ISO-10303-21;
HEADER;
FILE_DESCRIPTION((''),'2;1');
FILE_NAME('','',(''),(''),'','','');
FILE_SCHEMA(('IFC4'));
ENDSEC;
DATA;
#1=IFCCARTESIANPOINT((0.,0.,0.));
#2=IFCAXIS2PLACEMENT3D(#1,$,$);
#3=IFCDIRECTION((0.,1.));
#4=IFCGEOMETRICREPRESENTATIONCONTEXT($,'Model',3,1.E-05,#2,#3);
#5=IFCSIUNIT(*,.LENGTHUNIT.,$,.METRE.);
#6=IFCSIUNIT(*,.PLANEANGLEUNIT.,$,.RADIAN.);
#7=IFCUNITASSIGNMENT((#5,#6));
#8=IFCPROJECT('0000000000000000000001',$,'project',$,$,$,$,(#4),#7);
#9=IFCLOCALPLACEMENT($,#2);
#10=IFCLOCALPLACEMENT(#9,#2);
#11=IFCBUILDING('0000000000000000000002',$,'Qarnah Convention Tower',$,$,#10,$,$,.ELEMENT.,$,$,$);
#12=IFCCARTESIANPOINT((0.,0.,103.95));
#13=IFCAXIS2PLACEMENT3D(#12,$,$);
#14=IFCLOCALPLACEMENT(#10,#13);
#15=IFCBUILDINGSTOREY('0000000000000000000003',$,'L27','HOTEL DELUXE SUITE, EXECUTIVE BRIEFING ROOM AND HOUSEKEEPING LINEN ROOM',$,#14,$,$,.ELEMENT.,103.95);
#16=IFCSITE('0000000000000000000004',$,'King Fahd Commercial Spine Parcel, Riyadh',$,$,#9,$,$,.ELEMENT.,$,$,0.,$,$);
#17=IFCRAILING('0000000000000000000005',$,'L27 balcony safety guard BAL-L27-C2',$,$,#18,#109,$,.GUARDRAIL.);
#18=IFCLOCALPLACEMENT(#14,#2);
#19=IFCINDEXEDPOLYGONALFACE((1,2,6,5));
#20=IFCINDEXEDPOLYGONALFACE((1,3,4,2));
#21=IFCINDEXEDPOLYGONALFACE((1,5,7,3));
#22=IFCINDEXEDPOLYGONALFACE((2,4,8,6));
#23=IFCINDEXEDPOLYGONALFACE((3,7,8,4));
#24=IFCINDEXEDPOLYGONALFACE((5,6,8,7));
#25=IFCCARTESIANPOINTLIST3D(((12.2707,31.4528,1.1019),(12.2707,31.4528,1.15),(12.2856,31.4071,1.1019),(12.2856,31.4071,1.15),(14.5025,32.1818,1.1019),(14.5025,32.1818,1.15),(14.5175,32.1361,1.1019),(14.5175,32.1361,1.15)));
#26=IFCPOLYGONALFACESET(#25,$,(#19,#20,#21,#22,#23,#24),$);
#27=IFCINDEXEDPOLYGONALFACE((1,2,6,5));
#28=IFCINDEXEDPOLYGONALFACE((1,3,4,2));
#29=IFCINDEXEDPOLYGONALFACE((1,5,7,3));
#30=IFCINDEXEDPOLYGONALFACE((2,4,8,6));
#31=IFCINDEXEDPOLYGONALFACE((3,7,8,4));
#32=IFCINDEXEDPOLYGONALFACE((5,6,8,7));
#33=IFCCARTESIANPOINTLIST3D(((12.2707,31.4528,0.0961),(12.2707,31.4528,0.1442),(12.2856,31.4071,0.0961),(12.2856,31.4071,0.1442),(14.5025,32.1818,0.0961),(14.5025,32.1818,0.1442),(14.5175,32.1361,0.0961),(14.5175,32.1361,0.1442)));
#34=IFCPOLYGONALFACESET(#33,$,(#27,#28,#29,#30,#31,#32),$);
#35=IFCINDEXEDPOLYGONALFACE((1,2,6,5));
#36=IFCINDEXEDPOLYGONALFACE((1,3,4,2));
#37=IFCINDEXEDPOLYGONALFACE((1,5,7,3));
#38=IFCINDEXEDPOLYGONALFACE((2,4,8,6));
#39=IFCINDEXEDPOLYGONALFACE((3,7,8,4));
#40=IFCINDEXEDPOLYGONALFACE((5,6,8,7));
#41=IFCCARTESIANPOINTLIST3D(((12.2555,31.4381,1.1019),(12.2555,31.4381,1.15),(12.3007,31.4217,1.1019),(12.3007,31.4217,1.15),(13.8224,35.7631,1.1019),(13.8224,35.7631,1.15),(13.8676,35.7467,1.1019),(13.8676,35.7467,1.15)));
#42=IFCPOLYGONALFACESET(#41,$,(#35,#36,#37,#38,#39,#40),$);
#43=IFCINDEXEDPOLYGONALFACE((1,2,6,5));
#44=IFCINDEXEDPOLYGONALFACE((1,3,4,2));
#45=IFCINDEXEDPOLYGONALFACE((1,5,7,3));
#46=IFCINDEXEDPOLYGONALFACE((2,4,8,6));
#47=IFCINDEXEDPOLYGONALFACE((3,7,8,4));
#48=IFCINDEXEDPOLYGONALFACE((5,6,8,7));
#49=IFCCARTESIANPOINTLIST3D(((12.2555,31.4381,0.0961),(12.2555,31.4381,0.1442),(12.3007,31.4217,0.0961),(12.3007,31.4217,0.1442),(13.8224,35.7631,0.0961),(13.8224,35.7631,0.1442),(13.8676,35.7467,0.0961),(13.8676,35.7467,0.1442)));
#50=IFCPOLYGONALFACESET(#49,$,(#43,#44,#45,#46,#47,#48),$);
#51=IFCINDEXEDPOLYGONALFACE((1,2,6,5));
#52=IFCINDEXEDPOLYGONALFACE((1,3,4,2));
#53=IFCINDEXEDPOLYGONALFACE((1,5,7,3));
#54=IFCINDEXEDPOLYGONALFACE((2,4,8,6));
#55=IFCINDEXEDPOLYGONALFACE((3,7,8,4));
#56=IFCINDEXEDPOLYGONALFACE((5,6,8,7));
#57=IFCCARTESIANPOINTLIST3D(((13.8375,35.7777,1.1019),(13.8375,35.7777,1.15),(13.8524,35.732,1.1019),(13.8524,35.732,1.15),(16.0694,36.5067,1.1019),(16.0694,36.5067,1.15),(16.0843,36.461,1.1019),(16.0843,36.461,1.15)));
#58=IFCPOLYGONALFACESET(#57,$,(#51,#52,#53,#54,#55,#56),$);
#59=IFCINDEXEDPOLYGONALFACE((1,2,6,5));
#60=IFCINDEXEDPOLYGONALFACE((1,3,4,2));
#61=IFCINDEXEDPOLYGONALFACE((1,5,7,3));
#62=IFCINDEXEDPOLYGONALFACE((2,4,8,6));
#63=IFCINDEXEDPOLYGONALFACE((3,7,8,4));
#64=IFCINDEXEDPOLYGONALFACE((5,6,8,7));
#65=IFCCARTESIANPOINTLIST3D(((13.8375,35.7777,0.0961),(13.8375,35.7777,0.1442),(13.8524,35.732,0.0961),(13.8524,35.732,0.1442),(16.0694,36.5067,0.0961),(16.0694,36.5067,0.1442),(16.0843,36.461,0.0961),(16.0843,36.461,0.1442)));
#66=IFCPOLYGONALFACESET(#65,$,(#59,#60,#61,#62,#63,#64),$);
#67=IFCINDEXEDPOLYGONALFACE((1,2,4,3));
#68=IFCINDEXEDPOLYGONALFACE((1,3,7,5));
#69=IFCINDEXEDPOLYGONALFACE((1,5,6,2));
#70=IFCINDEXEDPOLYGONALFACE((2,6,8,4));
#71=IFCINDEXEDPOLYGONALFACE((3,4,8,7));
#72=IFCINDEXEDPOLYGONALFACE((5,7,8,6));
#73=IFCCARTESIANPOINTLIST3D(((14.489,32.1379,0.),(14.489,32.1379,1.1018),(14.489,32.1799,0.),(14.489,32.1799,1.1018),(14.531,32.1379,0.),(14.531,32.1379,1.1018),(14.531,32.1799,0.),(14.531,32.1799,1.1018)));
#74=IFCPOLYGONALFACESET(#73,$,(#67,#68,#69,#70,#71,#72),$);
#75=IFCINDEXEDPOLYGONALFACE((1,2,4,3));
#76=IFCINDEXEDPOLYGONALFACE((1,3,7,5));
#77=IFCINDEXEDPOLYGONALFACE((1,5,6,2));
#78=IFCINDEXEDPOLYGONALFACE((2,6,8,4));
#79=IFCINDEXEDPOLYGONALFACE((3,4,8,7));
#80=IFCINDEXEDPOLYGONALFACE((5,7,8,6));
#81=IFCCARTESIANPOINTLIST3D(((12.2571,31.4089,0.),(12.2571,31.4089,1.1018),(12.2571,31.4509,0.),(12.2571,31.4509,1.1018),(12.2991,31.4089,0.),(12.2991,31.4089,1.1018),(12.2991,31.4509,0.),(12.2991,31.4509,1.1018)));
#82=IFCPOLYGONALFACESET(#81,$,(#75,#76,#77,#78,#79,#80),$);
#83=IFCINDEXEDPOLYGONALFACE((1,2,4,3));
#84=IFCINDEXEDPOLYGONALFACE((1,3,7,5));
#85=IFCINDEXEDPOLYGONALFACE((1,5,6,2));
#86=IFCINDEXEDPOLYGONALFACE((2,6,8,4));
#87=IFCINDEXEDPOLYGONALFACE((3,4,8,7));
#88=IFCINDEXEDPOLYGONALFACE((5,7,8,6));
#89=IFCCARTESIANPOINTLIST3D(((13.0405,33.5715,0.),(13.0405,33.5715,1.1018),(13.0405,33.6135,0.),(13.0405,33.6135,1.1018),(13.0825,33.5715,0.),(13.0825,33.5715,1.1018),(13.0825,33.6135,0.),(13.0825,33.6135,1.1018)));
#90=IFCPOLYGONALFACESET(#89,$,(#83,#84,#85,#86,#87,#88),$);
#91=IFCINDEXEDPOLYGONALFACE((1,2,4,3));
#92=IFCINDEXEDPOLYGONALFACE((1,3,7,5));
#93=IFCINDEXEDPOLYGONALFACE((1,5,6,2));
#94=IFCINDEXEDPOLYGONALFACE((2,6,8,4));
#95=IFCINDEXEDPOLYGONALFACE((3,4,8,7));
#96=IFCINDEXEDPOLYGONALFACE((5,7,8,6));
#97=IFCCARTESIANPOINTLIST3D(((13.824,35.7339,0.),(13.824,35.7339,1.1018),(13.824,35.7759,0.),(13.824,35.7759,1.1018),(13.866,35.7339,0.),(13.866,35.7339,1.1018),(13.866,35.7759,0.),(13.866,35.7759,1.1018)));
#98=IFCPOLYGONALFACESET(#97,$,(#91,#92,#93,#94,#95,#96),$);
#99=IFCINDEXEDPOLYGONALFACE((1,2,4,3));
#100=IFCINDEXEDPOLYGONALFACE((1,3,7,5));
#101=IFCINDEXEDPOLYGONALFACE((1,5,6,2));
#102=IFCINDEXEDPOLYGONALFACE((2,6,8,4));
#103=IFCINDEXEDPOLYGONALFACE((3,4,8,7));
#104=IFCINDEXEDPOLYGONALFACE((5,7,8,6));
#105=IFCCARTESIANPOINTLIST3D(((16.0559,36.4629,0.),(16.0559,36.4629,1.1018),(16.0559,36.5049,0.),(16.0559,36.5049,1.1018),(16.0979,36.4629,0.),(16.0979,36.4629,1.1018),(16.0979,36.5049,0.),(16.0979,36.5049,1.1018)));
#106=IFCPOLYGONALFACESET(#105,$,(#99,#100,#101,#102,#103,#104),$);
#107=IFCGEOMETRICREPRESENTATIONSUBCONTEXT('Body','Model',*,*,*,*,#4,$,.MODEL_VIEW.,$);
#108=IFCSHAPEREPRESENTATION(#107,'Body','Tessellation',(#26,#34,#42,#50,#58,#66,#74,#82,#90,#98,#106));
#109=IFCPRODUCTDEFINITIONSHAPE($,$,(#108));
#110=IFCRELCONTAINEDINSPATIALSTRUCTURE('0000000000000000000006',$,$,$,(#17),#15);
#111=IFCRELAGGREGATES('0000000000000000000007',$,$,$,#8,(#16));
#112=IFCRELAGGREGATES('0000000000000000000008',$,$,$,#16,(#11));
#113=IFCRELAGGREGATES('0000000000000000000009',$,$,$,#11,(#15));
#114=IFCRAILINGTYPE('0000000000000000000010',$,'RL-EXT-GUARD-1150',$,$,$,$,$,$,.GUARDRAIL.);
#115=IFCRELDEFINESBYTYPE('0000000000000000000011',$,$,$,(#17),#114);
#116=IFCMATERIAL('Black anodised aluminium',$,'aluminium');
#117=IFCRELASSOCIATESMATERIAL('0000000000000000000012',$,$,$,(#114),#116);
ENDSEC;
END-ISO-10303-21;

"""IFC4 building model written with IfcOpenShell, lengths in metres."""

from ifc_helpers import new_model, si_unit, direction, frame, origin, origin_2d, place, context, subcontext, project, spatial, rectangle, extrude, material, type_object, element, save


model = new_model("IFC4")

# Units and contexts
model_context = context("Model", 3, precision=1e-05, world=origin(), true_north=direction((0.0, 1.0)))
body_context = subcontext(model_context, "Body", "Model", "MODEL_VIEW")
ifc_project = project(units=[si_unit("LENGTHUNIT", "METRE"), si_unit("PLANEANGLEUNIT", "RADIAN")], contexts=[model_context])

# Site, building, storey
site_placement = place(None, origin())
site = spatial("IfcSite", under=ifc_project, at=site_placement, Name="King Fahd Commercial Spine Parcel, Riyadh", CompositionType="ELEMENT", RefElevation=0.0)
building_placement = place(site_placement, origin())
building = spatial("IfcBuilding", under=site, at=building_placement, Name="Qarnah Convention Tower", CompositionType="ELEMENT")
storey_placement = place(building_placement, frame((0.0, 0.0, 103.95)))
storey = spatial("IfcBuildingStorey", under=building, at=storey_placement, Name="L27", Description="HOTEL DELUXE SUITE, EXECUTIVE BRIEFING ROOM AND HOUSEKEEPING LINEN ROOM", CompositionType="ELEMENT", Elevation=103.95)

# Shared definitions
ifc_material_1 = material(Name="Black anodised aluminium", Category="aluminium")

# Railing
railing_type = type_object("IfcRailingType", Name="RL-EXT-GUARD-1150", PredefinedType="GUARDRAIL", material=ifc_material_1)
railing_1_placement = place(storey_placement, frame((14.51, 32.1589, 0.0)))
element("IfcRailing", 1, at=railing_1_placement, inside=storey, type_object=railing_type, Name="L27 balcony safety guard BAL-L27-C2", PredefinedType="GUARDRAIL", context=body_context, shape_type="SweptSolid", body=[
    extrude(rectangle(XDim=0.0481, YDim=0.0481, at=origin_2d()), frame((0.0, 0.0, 1.126), z_axis=(-0.950579, -0.310482, 0.0), x_axis=(0.310482, -0.950579, 0.0)), (0.0, 0.0, 1.0), 2.3479),
    extrude(rectangle(XDim=0.0481, YDim=0.0481, at=origin_2d()), frame((0.0, 0.0, 0.1201), z_axis=(-0.950579, -0.310482, 0.0), x_axis=(0.310482, -0.950579, 0.0)), (0.0, 0.0, 1.0), 2.3479),
    extrude(rectangle(XDim=0.0481, YDim=0.0481, at=origin_2d()), frame((-2.2319, -0.729, 1.126), z_axis=(0.340626, 0.940199, 0.0), x_axis=(-0.940199, 0.340626, 0.0)), (0.0, 0.0, 1.0), 4.6001),
    extrude(rectangle(XDim=0.0481, YDim=0.0481, at=origin_2d()), frame((-2.2319, -0.729, 0.1201), z_axis=(0.340626, 0.940199, 0.0), x_axis=(-0.940199, 0.340626, 0.0)), (0.0, 0.0, 1.0), 4.6001),
    extrude(rectangle(XDim=0.0481, YDim=0.0481, at=origin_2d()), frame((-0.665, 3.5959, 1.126), z_axis=(0.950579, 0.310482, 0.0), x_axis=(-0.310482, 0.950579, 0.0)), (0.0, 0.0, 1.0), 2.3479),
    extrude(rectangle(XDim=0.0481, YDim=0.0481, at=origin_2d()), frame((-0.665, 3.5959, 0.1201), z_axis=(0.950579, 0.310482, 0.0), x_axis=(-0.310482, 0.950579, 0.0)), (0.0, 0.0, 1.0), 2.3479),
    extrude(rectangle(XDim=0.042, YDim=0.042, at=origin_2d()), origin(), (0.0, 0.0, 1.0), 1.1018),
    extrude(rectangle(XDim=0.042, YDim=0.042, at=origin_2d()), frame((-2.2319, -0.729, 0.0)), (0.0, 0.0, 1.0), 1.1018),
    extrude(rectangle(XDim=0.042, YDim=0.042, at=origin_2d()), frame((-1.4485, 1.4336, 0.0)), (0.0, 0.0, 1.0), 1.1018),
    extrude(rectangle(XDim=0.042, YDim=0.042, at=origin_2d()), frame((-0.665, 3.5959, 0.0)), (0.0, 0.0, 1.0), 1.1018),
    extrude(rectangle(XDim=0.042, YDim=0.042, at=origin_2d()), frame((1.5669, 4.325, 0.0)), (0.0, 0.0, 1.0), 1.1018),
])

save(model, "model.ifc")
